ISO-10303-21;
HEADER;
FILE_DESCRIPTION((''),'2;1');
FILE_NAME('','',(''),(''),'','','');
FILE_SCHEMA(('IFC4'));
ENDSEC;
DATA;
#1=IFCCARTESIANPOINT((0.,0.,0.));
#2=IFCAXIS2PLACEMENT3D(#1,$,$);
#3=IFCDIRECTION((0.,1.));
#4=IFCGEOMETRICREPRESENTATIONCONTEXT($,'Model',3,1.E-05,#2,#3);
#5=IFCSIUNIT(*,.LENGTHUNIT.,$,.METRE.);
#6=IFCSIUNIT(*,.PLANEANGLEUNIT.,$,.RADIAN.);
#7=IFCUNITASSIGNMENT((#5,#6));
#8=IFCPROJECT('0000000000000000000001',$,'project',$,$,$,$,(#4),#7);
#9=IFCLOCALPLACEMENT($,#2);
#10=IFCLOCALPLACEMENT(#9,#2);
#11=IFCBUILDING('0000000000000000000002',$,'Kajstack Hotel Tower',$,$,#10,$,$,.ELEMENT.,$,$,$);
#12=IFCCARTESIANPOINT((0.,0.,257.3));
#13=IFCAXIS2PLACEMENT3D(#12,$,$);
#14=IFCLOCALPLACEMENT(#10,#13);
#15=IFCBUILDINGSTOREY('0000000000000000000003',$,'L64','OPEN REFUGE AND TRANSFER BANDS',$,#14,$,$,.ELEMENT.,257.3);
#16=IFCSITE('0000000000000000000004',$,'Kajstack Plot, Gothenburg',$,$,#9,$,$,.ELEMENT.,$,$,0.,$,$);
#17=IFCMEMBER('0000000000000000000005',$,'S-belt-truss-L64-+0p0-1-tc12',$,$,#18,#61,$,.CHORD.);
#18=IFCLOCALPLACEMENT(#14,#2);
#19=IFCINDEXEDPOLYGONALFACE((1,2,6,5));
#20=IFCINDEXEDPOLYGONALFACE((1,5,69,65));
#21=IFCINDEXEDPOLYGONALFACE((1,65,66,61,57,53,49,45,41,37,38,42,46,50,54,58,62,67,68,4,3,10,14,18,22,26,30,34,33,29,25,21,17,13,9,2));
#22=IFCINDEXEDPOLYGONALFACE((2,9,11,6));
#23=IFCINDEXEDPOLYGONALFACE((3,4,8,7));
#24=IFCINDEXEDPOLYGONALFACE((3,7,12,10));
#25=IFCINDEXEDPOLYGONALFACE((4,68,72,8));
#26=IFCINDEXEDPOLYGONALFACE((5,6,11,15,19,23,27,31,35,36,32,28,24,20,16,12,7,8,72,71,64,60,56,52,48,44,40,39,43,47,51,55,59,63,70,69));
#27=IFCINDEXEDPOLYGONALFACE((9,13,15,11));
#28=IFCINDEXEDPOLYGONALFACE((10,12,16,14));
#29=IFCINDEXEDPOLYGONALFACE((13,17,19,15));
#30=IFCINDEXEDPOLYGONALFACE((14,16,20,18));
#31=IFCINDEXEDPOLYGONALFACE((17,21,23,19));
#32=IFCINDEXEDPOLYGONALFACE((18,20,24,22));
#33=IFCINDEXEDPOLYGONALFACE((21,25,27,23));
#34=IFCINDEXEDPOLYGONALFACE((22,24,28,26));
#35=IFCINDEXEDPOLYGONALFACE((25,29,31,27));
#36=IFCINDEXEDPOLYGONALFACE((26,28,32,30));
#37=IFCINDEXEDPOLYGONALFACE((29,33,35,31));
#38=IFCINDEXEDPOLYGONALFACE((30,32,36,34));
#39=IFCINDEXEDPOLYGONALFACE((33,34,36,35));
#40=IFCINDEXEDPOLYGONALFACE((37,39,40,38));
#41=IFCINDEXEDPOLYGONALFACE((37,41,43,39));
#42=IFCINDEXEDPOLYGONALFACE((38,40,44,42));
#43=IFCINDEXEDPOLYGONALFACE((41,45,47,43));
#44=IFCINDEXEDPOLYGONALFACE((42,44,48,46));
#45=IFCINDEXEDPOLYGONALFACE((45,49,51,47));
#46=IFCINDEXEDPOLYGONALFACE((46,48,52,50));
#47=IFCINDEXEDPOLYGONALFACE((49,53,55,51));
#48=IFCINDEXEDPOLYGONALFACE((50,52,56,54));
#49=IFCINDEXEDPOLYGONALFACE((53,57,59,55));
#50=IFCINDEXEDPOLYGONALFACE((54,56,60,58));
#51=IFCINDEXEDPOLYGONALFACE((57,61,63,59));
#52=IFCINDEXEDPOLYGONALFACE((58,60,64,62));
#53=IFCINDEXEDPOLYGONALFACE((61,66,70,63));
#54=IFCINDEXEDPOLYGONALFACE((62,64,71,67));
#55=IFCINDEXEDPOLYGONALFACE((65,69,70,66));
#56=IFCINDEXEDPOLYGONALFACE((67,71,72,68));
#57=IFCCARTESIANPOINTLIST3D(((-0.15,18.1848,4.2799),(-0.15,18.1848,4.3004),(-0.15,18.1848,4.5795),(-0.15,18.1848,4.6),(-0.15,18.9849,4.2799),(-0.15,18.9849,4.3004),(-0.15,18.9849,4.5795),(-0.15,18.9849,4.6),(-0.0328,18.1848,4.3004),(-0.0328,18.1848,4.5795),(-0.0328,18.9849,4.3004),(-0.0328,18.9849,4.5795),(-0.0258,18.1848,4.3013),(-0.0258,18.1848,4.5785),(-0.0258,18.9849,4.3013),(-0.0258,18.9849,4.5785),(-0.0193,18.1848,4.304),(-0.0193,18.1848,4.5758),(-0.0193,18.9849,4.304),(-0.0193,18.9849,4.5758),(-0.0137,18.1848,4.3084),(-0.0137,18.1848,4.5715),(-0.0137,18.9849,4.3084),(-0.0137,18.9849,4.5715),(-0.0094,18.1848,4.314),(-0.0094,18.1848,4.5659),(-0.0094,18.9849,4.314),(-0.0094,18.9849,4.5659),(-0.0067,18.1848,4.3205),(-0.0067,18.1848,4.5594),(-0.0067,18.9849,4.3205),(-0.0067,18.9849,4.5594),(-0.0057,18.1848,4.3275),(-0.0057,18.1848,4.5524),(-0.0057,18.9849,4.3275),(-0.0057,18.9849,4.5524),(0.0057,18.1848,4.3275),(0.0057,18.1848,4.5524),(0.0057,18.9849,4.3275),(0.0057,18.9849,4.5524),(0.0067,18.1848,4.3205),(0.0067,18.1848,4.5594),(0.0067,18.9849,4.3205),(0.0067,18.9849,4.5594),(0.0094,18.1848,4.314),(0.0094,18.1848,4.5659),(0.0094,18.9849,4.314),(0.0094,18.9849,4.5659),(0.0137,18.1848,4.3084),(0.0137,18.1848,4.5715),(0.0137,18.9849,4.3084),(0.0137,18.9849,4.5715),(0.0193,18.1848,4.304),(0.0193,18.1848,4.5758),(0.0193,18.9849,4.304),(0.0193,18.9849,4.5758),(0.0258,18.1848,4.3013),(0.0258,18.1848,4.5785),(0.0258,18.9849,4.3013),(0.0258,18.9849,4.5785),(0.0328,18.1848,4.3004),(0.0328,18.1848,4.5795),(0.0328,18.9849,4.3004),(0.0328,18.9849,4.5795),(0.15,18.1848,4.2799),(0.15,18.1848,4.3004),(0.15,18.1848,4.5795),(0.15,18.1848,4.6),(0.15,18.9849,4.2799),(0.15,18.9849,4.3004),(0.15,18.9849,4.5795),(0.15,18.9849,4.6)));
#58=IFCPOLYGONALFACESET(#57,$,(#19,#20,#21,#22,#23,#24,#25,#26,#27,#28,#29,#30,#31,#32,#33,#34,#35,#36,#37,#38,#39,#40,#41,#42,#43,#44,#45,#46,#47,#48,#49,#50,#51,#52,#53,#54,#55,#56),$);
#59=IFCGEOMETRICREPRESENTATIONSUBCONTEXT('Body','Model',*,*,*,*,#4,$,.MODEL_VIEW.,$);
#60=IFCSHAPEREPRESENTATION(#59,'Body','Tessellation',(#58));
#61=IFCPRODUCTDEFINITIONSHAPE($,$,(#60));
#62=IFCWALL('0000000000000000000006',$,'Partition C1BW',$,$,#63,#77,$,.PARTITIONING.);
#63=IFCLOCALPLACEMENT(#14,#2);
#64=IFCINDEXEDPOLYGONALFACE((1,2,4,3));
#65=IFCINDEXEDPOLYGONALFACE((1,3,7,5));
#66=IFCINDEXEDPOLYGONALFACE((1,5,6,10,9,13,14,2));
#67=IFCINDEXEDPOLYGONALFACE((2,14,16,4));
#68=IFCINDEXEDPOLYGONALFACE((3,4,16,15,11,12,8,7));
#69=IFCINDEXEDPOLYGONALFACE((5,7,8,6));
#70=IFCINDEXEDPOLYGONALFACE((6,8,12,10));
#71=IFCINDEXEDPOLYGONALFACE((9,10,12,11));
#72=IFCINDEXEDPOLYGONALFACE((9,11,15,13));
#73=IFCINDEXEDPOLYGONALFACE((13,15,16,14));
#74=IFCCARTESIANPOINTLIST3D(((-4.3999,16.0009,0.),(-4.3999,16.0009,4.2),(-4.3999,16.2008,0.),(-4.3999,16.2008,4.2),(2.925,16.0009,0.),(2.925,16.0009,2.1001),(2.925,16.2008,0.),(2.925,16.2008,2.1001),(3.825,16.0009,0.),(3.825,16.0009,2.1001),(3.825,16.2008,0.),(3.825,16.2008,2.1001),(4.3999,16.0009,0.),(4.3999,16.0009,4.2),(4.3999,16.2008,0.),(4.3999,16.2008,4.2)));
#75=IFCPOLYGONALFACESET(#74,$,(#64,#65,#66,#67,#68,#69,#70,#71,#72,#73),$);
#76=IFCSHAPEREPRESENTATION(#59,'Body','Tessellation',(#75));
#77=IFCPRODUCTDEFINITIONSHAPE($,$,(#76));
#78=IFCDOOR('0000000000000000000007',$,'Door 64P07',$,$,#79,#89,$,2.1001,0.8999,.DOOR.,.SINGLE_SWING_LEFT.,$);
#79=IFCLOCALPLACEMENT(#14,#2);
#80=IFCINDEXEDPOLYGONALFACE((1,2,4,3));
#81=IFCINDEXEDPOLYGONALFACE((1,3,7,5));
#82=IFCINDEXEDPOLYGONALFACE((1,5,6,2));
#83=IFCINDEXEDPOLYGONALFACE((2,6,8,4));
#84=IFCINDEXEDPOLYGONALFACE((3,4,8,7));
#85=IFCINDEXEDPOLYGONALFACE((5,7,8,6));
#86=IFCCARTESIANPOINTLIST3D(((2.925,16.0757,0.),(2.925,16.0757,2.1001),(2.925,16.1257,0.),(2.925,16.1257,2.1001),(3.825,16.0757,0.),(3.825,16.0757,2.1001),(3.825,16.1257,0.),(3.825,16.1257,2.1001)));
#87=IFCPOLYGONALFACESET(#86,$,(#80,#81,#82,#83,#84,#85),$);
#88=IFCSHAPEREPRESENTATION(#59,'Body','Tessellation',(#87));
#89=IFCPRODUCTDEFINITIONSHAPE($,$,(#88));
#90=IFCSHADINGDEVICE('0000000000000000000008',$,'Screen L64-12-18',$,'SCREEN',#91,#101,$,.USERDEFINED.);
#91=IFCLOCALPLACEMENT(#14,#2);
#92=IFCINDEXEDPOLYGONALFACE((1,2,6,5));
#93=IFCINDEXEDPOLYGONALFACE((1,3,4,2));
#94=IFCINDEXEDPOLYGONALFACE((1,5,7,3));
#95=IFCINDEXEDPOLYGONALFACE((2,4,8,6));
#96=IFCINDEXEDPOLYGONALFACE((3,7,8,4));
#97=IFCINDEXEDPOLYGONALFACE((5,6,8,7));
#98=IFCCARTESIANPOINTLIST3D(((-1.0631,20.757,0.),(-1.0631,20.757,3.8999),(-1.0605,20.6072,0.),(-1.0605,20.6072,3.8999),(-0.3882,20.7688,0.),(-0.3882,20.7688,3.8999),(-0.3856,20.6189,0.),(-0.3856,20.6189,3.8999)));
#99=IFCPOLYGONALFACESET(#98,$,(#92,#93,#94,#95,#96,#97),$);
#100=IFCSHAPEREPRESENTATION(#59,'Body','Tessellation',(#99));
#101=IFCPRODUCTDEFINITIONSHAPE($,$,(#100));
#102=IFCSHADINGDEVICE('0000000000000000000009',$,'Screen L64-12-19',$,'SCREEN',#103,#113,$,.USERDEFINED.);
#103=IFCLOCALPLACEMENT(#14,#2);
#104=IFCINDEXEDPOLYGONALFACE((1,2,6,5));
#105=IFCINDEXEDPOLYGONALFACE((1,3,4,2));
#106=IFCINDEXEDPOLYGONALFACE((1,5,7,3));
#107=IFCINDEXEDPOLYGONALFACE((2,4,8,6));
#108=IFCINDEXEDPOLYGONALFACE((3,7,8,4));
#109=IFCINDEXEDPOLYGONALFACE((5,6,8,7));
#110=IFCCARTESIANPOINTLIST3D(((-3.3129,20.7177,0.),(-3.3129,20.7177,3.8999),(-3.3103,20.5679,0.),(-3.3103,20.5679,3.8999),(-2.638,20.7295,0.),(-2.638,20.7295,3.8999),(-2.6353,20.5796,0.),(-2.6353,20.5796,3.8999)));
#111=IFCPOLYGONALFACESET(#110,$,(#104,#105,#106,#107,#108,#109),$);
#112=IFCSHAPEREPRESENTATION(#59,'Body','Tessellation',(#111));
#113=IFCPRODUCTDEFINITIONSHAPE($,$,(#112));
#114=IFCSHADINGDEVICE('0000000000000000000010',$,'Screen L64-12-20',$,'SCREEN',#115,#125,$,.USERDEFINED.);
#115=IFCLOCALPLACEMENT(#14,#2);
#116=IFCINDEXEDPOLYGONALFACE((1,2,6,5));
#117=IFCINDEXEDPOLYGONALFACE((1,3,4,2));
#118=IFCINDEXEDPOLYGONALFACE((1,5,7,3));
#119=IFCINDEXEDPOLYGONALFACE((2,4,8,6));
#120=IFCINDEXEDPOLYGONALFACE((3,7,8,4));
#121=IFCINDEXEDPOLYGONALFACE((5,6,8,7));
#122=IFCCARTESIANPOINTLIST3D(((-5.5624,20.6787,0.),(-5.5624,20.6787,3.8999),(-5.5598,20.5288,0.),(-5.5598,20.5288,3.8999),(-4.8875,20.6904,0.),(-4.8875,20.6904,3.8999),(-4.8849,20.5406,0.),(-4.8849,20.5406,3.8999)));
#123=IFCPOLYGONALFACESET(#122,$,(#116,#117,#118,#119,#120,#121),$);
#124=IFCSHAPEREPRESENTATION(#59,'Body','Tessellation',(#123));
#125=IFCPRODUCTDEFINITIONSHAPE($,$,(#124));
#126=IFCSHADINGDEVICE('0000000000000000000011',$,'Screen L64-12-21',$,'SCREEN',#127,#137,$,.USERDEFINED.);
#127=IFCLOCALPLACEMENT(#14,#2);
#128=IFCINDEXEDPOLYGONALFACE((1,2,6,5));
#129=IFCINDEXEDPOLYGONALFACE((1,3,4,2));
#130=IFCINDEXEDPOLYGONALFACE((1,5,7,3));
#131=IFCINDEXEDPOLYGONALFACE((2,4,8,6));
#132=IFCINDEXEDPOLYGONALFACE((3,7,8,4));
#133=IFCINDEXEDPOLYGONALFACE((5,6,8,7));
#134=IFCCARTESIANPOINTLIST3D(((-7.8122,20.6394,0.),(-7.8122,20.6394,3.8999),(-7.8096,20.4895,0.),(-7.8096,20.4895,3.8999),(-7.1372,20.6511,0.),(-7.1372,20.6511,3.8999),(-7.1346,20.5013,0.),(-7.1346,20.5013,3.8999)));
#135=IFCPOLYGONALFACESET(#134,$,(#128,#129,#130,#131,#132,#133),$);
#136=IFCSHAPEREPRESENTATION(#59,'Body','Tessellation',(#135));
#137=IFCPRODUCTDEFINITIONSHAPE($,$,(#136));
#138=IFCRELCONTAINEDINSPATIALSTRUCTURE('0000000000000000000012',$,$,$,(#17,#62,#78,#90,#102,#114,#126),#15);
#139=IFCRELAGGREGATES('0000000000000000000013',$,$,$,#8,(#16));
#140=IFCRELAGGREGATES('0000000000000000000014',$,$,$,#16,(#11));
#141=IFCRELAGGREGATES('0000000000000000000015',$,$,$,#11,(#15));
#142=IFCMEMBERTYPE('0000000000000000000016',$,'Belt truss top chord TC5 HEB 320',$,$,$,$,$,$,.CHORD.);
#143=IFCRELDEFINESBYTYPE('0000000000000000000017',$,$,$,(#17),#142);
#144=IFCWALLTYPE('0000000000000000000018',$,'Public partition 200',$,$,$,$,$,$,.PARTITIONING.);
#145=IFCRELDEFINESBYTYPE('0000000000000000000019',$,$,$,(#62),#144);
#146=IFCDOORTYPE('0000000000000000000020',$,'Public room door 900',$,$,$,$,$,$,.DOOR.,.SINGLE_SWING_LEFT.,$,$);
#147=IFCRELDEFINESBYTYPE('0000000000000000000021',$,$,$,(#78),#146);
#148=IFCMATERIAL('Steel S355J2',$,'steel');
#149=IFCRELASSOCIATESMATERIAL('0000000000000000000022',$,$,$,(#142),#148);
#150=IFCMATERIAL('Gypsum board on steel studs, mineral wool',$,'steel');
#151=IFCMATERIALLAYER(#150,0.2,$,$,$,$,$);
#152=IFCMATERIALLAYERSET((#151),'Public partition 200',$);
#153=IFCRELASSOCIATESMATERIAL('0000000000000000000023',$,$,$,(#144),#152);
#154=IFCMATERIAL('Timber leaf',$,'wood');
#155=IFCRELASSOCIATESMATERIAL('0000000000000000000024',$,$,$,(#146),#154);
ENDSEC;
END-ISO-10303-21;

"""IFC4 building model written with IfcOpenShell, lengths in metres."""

from ifc_helpers import new_model, si_unit, direction, frame, frame_2d, origin, origin_2d, place, context, subcontext, project, spatial, rectangle, i_section, extrude, material, layer, layer_set, material_profile, profile_set, type_object, element, fill, save


model = new_model("IFC4")

# Units and contexts
model_context = context("Model", 3, precision=1e-05, world=origin(), true_north=direction((0.0, 1.0)))
body_context = subcontext(model_context, "Body", "Model", "MODEL_VIEW")
ifc_project = project(units=[si_unit("LENGTHUNIT", "METRE"), si_unit("PLANEANGLEUNIT", "RADIAN")], contexts=[model_context])

# Site, building, storey
site_placement = place(None, origin())
site = spatial("IfcSite", under=ifc_project, at=site_placement, Name="Kajstack Plot, Gothenburg", CompositionType="ELEMENT", RefElevation=0.0)
building_placement = place(site_placement, origin())
building = spatial("IfcBuilding", under=site, at=building_placement, Name="Kajstack Hotel Tower", CompositionType="ELEMENT")
storey_placement = place(building_placement, frame((0.0, 0.0, 257.3)))
storey = spatial("IfcBuildingStorey", under=building, at=storey_placement, Name="L64", Description="OPEN REFUGE AND TRANSFER BANDS", CompositionType="ELEMENT", Elevation=257.3)

# Member
ifc_material_1 = material(Name="Steel S355J2", Category="steel")
ifc_material_profile_1 = material_profile(ifc_material_1, i_section(OverallWidth=0.3, OverallDepth=0.3201, WebThickness=0.0115, FlangeThickness=0.0205, FilletRadius=0.0271, at=origin_2d()), Name="HEB 320")
ifc_profile_set_1 = profile_set([ifc_material_profile_1], Name="Steel S355J2")
member_type_1 = type_object("IfcMemberType", Name="Belt truss top chord TC5 HEB 320", PredefinedType="CHORD", material=ifc_profile_set_1)
member_1_placement = place(storey_placement, frame((0.0, 18.1848, 4.4399), z_axis=(0.0, 1.0, 0.0), x_axis=(-1.0, 0.0, 0.0)))
element("IfcMember", 1, at=member_1_placement, inside=storey, type_object=member_type_1, Name="S-belt-truss-L64-+0p0-1-tc12", PredefinedType="CHORD", context=body_context, shape_type="SweptSolid", body=[
    extrude(i_section(OverallWidth=0.3, OverallDepth=0.3201, WebThickness=0.0115, FlangeThickness=0.0205, FilletRadius=0.0271, at=origin_2d()), origin(), (0.0, 0.0, 1.0), 0.8),
])

# Wall, opening, door
ifc_material_2 = material(Name="Gypsum board on steel studs, mineral wool", Category="steel")
ifc_layer = layer(ifc_material_2, 0.2)
ifc_layer_set = layer_set([ifc_layer], Name="Public partition 200")
wall_type = type_object("IfcWallType", Name="Public partition 200", PredefinedType="PARTITIONING", material=ifc_layer_set)
wall_placement = place(storey_placement, frame((-4.3999, 16.1008, 0.0), z_axis=(0.0, 0.0, 1.0), x_axis=(1.0, 0.0, 0.0)))
wall = element("IfcWall", 2, at=wall_placement, inside=storey, type_object=wall_type, Name="Partition C1BW", PredefinedType="PARTITIONING", context=body_context, shape_type="SweptSolid", body=[
    extrude(rectangle(XDim=8.7998, YDim=0.2, at=frame_2d((4.3999, 0.0))), origin(), (0.0, 0.0, 1.0), 4.2),
])
opening_placement = place(wall_placement, frame((7.325, 0.0, 0.0)))
opening = element("IfcOpeningElement", 3, at=opening_placement, cuts=wall, PredefinedType="OPENING", context=body_context, shape_type="SweptSolid", body=[
    extrude(rectangle(XDim=0.8999, YDim=2.1001, at=frame_2d((0.45, 1.05))), frame((0.0, 0.1099, 0.0), z_axis=(0.0, -1.0, 0.0), x_axis=(1.0, 0.0, 0.0)), (0.0, 0.0, 1.0), 0.22),
])
ifc_material_3 = material(Name="Timber leaf", Category="wood")
door_type = type_object("IfcDoorType", Name="Public room door 900", OperationType="SINGLE_SWING_LEFT", PredefinedType="DOOR", material=ifc_material_3)
door_placement = place(opening_placement, origin())
door = element("IfcDoor", 4, at=door_placement, inside=storey, type_object=door_type, Name="Door 64P07", OperationType="SINGLE_SWING_LEFT", OverallHeight=2.1001, OverallWidth=0.8999, PredefinedType="DOOR", context=body_context, shape_type="SweptSolid", body=[
    extrude(rectangle(XDim=0.8999, YDim=2.1001, at=frame_2d((0.45, 1.05))), frame((0.0, 0.0249, 0.0), z_axis=(0.0, -1.0, 0.0), x_axis=(1.0, 0.0, 0.0)), (0.0, 0.0, 1.0), 0.05),
])
fill(opening, door)

# Shading devices
for number, where, z_axis, x_axis, name in (
    (5, (-0.7244, 20.688, 0.0), (0.0, 0.0, 1.0), (-0.999848, -0.017453, 0.0), "Screen L64-12-18"),
    (6, (-2.9741, 20.6487, 0.0), (0.0, 0.0, 1.0), (-0.999848, -0.017453, 0.0), "Screen L64-12-19"),
    (7, (-5.2236, 20.6096, 0.0), (0.0, 0.0, 1.0), (-0.999848, -0.017453, 0.0), "Screen L64-12-20"),
    (8, (-7.4734, 20.5703, 0.0), (0.0, 0.0, 1.0), (-0.999848, -0.017453, 0.0), "Screen L64-12-21"),
):
    element("IfcShadingDevice", number, at=place(storey_placement, frame(where, z_axis=z_axis, x_axis=x_axis)), inside=storey, Name=name, ObjectType="SCREEN", PredefinedType="USERDEFINED", context=body_context, shape_type="SweptSolid", body=[
        extrude(rectangle(XDim=0.675, YDim=0.1499, at=origin_2d()), origin(), (0.0, 0.0, 1.0), 3.8999),
    ])

save(model, "model.ifc")
